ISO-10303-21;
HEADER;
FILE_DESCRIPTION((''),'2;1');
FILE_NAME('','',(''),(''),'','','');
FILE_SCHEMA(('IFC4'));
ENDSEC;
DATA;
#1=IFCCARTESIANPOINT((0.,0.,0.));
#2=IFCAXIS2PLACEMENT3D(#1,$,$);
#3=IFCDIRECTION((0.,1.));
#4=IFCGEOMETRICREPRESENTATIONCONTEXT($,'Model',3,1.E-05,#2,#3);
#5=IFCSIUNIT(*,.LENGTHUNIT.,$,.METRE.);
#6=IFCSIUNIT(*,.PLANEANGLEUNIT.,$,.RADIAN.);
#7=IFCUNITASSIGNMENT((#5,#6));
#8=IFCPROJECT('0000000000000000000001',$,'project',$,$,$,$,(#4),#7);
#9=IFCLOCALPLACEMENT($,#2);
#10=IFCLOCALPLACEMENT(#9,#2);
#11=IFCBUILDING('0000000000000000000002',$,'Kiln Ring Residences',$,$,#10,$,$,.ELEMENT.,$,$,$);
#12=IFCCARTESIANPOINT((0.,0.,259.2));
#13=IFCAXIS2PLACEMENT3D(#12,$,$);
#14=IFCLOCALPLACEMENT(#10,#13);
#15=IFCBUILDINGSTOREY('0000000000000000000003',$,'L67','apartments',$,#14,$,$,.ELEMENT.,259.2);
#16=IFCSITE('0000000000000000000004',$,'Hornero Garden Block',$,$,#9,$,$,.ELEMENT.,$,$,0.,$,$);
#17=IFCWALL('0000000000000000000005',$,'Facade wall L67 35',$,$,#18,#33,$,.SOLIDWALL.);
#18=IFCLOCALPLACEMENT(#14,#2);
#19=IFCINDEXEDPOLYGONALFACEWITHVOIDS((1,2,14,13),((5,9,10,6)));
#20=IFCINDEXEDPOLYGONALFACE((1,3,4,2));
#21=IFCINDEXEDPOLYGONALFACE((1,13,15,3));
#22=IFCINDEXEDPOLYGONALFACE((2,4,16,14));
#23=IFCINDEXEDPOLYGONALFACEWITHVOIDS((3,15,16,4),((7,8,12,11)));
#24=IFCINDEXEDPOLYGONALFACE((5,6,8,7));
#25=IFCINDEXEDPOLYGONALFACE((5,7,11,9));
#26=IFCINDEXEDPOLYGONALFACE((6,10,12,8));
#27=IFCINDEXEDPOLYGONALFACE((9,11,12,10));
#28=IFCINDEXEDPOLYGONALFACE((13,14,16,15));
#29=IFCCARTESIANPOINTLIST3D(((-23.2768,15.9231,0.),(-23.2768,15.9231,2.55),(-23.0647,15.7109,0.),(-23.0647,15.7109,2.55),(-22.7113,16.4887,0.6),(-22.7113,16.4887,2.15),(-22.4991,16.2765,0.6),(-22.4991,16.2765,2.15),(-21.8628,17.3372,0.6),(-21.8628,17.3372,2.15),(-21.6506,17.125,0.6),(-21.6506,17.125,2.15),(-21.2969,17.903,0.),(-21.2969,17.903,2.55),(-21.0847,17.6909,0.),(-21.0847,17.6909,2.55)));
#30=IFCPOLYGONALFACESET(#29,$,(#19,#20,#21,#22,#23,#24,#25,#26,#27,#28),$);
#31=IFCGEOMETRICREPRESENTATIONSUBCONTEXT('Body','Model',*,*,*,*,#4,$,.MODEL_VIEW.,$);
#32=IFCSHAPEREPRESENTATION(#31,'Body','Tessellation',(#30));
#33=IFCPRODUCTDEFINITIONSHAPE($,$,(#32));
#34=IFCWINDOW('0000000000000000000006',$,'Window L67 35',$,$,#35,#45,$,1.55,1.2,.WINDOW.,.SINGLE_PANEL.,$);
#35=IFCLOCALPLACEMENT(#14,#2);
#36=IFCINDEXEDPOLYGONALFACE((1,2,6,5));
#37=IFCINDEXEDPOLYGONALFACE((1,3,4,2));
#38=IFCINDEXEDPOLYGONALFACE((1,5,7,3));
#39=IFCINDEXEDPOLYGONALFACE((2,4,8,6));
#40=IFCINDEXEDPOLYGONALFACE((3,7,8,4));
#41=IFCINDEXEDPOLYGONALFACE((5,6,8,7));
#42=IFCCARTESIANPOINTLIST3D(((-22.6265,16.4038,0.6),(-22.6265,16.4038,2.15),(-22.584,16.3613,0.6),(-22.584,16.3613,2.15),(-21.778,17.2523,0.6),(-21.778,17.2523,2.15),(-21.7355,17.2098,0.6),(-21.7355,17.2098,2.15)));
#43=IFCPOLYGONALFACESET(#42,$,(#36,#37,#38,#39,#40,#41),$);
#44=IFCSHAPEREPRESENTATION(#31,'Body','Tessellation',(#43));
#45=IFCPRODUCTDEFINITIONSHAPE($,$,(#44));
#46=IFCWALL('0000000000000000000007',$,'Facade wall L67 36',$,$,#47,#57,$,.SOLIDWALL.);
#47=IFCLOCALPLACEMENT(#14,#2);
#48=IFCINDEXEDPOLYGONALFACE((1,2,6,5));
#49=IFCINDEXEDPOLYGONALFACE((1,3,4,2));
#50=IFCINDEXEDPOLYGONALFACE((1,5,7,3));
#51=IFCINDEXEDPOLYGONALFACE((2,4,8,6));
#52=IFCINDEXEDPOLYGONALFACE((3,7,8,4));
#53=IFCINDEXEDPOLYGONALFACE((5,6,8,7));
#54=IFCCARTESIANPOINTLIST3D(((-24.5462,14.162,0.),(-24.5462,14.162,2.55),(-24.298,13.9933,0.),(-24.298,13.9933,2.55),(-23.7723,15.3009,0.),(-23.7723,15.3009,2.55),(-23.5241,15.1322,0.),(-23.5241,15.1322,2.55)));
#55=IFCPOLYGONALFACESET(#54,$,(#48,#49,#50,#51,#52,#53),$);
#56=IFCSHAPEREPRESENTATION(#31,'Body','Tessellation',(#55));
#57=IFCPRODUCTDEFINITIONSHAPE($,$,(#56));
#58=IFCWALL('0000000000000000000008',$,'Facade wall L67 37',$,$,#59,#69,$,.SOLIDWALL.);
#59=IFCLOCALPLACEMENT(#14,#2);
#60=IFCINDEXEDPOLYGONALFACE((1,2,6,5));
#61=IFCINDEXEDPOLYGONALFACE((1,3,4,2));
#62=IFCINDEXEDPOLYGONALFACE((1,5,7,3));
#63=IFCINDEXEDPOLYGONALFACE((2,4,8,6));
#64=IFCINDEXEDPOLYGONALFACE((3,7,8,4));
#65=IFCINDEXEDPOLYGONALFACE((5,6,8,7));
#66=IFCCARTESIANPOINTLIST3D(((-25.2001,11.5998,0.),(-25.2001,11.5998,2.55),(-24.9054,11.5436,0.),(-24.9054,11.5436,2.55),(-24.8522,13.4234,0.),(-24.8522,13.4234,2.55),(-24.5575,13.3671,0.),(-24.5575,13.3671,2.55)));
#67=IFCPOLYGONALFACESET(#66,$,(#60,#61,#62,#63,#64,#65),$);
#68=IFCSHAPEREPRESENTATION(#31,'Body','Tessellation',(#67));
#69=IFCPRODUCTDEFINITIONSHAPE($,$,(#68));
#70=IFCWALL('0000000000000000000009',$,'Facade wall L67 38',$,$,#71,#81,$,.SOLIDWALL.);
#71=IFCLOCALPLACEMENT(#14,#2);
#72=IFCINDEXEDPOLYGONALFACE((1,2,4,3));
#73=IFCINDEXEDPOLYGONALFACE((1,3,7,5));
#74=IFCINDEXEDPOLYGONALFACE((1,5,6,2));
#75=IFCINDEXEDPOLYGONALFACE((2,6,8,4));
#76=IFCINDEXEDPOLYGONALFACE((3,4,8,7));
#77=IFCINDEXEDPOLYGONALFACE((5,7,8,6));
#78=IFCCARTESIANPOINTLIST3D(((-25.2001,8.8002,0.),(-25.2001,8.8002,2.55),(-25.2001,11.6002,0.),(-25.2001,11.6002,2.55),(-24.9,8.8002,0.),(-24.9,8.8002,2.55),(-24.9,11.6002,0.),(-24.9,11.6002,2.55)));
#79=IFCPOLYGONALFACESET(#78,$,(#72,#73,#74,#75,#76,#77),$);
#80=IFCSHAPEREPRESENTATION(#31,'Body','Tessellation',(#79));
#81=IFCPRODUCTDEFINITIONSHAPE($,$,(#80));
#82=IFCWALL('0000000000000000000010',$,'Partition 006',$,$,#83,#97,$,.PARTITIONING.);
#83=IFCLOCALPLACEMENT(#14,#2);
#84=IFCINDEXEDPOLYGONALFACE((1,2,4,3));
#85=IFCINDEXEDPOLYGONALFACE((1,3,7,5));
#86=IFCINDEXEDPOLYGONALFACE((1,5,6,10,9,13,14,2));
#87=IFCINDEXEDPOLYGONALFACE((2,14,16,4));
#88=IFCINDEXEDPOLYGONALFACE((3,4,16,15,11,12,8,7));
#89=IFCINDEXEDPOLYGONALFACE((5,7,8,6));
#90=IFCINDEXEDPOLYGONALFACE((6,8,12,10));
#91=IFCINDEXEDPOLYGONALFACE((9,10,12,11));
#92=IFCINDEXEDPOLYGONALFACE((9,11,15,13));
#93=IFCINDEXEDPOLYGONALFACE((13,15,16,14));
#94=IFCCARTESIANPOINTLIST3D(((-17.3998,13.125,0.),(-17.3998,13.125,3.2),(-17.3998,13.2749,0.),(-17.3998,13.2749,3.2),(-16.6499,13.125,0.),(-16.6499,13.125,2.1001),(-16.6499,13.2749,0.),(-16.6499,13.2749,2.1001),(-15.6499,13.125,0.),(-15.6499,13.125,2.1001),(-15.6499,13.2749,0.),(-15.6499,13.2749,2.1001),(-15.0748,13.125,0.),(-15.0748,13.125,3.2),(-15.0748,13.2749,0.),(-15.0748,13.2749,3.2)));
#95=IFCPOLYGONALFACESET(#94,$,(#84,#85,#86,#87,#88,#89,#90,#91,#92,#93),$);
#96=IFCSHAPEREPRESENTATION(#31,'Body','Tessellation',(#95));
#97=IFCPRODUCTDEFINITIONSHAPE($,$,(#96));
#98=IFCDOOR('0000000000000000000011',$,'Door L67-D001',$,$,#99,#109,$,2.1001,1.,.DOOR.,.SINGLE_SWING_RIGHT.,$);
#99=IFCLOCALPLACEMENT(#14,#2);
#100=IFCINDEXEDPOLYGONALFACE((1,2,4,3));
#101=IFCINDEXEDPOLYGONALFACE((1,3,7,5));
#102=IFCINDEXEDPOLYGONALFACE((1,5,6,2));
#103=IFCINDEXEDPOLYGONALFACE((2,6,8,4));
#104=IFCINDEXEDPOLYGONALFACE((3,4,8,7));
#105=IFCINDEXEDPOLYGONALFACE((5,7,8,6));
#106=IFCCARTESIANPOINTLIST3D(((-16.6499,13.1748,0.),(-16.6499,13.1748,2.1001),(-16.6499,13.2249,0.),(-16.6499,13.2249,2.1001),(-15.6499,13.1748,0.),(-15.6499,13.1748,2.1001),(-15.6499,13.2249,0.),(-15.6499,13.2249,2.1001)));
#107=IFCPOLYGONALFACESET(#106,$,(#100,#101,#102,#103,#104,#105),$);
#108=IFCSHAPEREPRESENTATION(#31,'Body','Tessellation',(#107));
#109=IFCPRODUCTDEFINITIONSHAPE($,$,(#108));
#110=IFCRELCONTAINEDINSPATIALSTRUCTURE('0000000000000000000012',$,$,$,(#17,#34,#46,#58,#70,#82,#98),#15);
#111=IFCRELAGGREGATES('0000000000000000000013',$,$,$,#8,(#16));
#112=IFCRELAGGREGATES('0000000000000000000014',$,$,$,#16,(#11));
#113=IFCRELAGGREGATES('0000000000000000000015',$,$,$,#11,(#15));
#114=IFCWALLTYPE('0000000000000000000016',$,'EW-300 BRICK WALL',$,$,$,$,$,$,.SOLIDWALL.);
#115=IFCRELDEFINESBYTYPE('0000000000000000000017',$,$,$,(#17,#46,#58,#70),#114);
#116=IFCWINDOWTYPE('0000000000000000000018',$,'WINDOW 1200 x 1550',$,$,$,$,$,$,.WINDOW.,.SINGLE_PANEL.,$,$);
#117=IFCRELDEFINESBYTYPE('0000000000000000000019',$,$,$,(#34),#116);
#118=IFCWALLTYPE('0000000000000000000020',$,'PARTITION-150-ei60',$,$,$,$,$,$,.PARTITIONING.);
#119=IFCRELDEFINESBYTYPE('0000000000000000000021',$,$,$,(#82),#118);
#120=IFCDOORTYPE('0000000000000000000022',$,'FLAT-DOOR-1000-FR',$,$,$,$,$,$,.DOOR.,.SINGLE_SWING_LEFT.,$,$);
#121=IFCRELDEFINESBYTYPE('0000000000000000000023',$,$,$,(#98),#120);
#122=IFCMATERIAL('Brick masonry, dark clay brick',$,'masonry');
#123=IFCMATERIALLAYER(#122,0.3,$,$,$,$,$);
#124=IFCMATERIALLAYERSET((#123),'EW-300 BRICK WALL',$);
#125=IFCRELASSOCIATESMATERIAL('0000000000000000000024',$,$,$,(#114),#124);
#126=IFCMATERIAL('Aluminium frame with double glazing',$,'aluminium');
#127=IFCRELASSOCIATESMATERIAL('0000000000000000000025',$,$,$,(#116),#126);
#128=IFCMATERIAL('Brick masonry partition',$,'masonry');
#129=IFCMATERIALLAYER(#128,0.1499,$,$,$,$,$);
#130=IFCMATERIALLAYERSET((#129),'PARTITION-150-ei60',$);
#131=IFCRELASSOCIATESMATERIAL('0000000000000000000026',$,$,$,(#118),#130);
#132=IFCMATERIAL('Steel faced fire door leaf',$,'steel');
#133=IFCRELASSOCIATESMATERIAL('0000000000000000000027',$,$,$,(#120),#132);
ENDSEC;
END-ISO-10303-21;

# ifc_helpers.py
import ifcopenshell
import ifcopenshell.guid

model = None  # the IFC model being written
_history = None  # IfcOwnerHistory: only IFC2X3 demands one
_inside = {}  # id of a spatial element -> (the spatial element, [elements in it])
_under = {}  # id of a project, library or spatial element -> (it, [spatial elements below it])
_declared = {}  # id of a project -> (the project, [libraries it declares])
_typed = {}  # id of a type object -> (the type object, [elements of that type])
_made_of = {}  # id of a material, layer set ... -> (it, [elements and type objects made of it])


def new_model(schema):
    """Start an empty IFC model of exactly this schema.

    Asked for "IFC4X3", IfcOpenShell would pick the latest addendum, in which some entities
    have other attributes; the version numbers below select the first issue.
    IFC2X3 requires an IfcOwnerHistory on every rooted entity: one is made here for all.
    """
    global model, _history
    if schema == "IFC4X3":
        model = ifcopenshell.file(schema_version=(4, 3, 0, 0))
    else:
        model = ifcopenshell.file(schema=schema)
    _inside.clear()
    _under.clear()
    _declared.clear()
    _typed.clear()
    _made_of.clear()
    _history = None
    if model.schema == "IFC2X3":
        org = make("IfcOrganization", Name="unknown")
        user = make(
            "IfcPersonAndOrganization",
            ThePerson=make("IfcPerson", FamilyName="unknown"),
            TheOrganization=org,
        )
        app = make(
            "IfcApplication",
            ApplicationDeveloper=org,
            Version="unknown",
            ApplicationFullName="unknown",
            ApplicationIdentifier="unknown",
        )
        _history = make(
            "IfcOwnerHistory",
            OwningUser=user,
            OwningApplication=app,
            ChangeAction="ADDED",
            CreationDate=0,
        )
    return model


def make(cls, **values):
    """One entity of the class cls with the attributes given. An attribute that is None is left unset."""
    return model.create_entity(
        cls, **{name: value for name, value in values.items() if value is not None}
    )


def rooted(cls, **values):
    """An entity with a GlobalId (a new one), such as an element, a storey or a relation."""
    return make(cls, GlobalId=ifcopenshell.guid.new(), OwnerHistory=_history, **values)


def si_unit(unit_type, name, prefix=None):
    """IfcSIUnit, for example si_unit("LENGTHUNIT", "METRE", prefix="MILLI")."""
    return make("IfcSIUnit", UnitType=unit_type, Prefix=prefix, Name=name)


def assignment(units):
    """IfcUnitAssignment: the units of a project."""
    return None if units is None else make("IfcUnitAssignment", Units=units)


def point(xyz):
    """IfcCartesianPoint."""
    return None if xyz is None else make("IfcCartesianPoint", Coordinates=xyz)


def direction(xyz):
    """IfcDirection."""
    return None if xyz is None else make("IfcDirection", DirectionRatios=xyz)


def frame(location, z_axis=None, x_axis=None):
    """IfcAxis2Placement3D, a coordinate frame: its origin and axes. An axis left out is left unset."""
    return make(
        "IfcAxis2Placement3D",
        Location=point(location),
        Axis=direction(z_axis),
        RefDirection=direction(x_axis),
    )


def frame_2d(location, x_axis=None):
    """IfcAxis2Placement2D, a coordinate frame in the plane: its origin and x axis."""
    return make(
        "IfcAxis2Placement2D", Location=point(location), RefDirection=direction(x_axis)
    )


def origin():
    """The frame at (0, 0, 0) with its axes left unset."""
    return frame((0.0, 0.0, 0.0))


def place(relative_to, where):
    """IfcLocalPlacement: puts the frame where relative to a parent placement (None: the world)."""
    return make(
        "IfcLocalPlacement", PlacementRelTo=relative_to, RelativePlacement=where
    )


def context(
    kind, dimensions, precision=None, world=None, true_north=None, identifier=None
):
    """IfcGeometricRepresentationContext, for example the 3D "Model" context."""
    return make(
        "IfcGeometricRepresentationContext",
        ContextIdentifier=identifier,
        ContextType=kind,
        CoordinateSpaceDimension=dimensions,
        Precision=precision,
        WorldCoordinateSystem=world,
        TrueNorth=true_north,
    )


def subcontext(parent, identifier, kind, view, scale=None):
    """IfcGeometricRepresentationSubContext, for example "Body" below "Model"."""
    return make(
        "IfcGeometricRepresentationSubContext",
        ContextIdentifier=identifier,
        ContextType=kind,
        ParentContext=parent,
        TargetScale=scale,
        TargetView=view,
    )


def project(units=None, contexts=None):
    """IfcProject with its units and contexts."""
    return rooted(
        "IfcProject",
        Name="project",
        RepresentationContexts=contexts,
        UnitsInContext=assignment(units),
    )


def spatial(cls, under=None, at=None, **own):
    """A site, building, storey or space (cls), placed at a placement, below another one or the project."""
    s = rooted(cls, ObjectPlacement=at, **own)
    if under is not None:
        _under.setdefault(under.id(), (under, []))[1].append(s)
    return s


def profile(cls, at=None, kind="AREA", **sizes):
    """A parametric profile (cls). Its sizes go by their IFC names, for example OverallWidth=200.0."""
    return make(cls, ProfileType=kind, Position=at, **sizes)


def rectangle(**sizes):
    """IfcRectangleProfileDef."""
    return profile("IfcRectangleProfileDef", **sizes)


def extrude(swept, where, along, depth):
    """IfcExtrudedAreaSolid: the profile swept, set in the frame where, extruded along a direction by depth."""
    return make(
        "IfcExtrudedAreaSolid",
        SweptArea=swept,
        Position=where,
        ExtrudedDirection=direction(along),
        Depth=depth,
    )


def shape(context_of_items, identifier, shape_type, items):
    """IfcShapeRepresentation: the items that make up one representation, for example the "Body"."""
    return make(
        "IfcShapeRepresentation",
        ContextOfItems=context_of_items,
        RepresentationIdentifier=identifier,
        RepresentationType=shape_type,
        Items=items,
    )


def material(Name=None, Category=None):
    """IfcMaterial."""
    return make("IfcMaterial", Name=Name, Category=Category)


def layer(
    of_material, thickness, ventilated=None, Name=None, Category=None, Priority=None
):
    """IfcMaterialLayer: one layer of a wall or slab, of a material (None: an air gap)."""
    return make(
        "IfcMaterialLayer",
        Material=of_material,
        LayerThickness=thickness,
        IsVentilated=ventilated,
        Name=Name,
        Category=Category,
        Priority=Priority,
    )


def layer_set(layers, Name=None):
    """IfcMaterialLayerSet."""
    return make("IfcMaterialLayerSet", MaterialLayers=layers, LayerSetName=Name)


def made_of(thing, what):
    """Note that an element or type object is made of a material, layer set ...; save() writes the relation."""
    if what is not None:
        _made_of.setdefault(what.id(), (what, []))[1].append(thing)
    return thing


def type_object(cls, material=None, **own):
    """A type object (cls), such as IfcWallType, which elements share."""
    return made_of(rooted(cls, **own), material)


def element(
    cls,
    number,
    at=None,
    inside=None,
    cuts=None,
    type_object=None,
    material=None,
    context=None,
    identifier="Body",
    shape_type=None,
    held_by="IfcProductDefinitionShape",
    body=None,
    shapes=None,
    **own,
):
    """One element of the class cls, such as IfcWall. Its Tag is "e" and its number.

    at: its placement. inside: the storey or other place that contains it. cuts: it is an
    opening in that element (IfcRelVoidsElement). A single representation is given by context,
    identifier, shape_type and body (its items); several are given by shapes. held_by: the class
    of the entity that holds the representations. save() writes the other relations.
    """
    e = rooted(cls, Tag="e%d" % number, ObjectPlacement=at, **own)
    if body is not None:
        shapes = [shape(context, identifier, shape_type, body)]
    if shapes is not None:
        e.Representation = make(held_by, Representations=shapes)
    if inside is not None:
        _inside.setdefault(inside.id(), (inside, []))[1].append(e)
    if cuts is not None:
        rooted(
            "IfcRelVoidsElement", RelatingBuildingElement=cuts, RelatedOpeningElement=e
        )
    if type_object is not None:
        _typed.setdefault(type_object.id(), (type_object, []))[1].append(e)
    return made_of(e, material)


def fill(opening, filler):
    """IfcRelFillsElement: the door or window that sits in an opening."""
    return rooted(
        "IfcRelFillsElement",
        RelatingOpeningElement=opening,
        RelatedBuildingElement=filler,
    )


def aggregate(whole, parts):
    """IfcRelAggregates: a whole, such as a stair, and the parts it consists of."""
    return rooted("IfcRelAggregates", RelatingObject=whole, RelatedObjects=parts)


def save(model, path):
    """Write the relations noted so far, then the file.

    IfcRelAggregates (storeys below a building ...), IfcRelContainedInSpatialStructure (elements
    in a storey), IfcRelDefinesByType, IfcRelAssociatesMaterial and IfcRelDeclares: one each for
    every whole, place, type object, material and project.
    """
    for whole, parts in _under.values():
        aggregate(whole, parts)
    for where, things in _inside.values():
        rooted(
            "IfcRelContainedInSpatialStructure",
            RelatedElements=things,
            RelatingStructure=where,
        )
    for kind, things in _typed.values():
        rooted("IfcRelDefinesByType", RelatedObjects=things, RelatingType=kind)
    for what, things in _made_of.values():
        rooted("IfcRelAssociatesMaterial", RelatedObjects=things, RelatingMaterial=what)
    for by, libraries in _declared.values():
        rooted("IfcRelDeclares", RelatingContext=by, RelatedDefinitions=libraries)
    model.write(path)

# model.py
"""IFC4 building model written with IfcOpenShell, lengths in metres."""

from ifc_helpers import new_model, si_unit, direction, frame, frame_2d, origin, place, context, subcontext, project, spatial, rectangle, extrude, material, layer, layer_set, type_object, element, fill, save


model = new_model("IFC4")

# Units and contexts
model_context = context("Model", 3, precision=1e-05, world=origin(), true_north=direction((0.0, 1.0)))
body_context = subcontext(model_context, "Body", "Model", "MODEL_VIEW")
ifc_project = project(units=[si_unit("LENGTHUNIT", "METRE"), si_unit("PLANEANGLEUNIT", "RADIAN")], contexts=[model_context])

# Site, building, storey
site_placement = place(None, origin())
site = spatial("IfcSite", under=ifc_project, at=site_placement, Name="Hornero Garden Block", CompositionType="ELEMENT", RefElevation=0.0)
building_placement = place(site_placement, origin())
building = spatial("IfcBuilding", under=site, at=building_placement, Name="Kiln Ring Residences", CompositionType="ELEMENT")
storey_placement = place(building_placement, frame((0.0, 0.0, 259.2)))
storey = spatial("IfcBuildingStorey", under=building, at=storey_placement, Name="L67", Description="apartments", CompositionType="ELEMENT", Elevation=259.2)

# Wall, opening, window
ifc_material_1 = material(Name="Brick masonry, dark clay brick", Category="masonry")
ifc_layer_1 = layer(ifc_material_1, 0.3)
ifc_layer_set_1 = layer_set([ifc_layer_1], Name="EW-300 BRICK WALL")
wall_type_1 = type_object("IfcWallType", Name="EW-300 BRICK WALL", PredefinedType="SOLIDWALL", material=ifc_layer_set_1)
wall_1_placement = place(storey_placement, frame((-21.1909, 17.7969, 0.0), z_axis=(0.0, 0.0, 1.0), x_axis=(-0.707107, -0.707107, 0.0)))
wall_1 = element("IfcWall", 1, at=wall_1_placement, inside=storey, type_object=wall_type_1, Name="Facade wall L67 35", PredefinedType="SOLIDWALL", context=body_context, shape_type="SweptSolid", body=[
    extrude(rectangle(XDim=2.8, YDim=0.3, at=frame_2d((1.3999, 0.0))), origin(), (0.0, 0.0, 1.0), 2.55),
])
opening_1_placement = place(wall_1_placement, frame((0.8, 0.0, 0.6001)))
opening_1 = element("IfcOpeningElement", 2, at=opening_1_placement, cuts=wall_1, PredefinedType="OPENING", context=body_context, shape_type="SweptSolid", body=[
    extrude(rectangle(XDim=1.2, YDim=1.55, at=frame_2d((0.6001, 0.7749))), frame((0.0, 0.1599, 0.0), z_axis=(0.0, -1.0, 0.0), x_axis=(1.0, 0.0, 0.0)), (0.0, 0.0, 1.0), 0.3201),
])
ifc_material_2 = material(Name="Aluminium frame with double glazing", Category="aluminium")
window_type_1 = type_object("IfcWindowType", Name="WINDOW 1200 x 1550", PartitioningType="SINGLE_PANEL", PredefinedType="WINDOW", material=ifc_material_2)
window_1_placement = place(opening_1_placement, origin())
window_1 = element("IfcWindow", 3, at=window_1_placement, inside=storey, type_object=window_type_1, Name="Window L67 35", OverallHeight=1.55, OverallWidth=1.2, PartitioningType="SINGLE_PANEL", PredefinedType="WINDOW", context=body_context, shape_type="SweptSolid", body=[
    extrude(rectangle(XDim=1.2, YDim=1.55, at=frame_2d((0.6001, 0.7749))), frame((0.0, 0.03, 0.0), z_axis=(0.0, -1.0, 0.0), x_axis=(1.0, 0.0, 0.0)), (0.0, 0.0, 1.0), 0.0601),
])
fill(opening_1, window_1)

# Walls
wall_2_placement = place(storey_placement, frame((-23.6482, 15.2166, 0.0), z_axis=(0.0, 0.0, 1.0), x_axis=(-0.562043, -0.827108, 0.0)))
element("IfcWall", 4, at=wall_2_placement, inside=storey, type_object=wall_type_1, Name="Facade wall L67 36", PredefinedType="SOLIDWALL", context=body_context, shape_type="SweptSolid", body=[
    extrude(rectangle(XDim=1.377, YDim=0.3, at=frame_2d((0.6885, 0.0))), origin(), (0.0, 0.0, 1.0), 2.55),
])
wall_3_placement = place(storey_placement, frame((-24.7048, 13.3953, 0.0), z_axis=(0.0, 0.0, 1.0), x_axis=(-0.187408, -0.982282, 0.0)))
element("IfcWall", 5, at=wall_3_placement, inside=storey, type_object=wall_type_1, Name="Facade wall L67 37", PredefinedType="SOLIDWALL", context=body_context, shape_type="SweptSolid", body=[
    extrude(rectangle(XDim=1.8564, YDim=0.3, at=frame_2d((0.9282, 0.0))), origin(), (0.0, 0.0, 1.0), 2.55),
])
wall_4_placement = place(storey_placement, frame((-25.05, 11.6001, 0.0), z_axis=(0.0, 0.0, 1.0), x_axis=(0.0, -1.0, 0.0)))
element("IfcWall", 6, at=wall_4_placement, inside=storey, type_object=wall_type_1, Name="Facade wall L67 38", PredefinedType="SOLIDWALL", context=body_context, shape_type="SweptSolid", body=[
    extrude(rectangle(XDim=2.8, YDim=0.3, at=frame_2d((1.3999, 0.0))), origin(), (0.0, 0.0, 1.0), 2.55),
])

# Wall, opening, door
ifc_material_3 = material(Name="Brick masonry partition", Category="masonry")
ifc_layer_2 = layer(ifc_material_3, 0.1499)
ifc_layer_set_2 = layer_set([ifc_layer_2], Name="PARTITION-150-ei60")
wall_type_2 = type_object("IfcWallType", Name="PARTITION-150-ei60", PredefinedType="PARTITIONING", material=ifc_layer_set_2)
wall_5_placement = place(storey_placement, frame((-17.3999, 13.2, 0.0), z_axis=(0.0, 0.0, 1.0), x_axis=(1.0, 0.0, 0.0)))
wall_5 = element("IfcWall", 7, at=wall_5_placement, inside=storey, type_object=wall_type_2, Name="Partition 006", PredefinedType="PARTITIONING", context=body_context, shape_type="SweptSolid", body=[
    extrude(rectangle(XDim=2.325, YDim=0.1499, at=frame_2d((1.1626, 0.0))), origin(), (0.0, 0.0, 1.0), 3.2),
])
opening_2_placement = place(wall_5_placement, frame((0.75, 0.0, 0.0)))
opening_2 = element("IfcOpeningElement", 8, at=opening_2_placement, cuts=wall_5, PredefinedType="OPENING", context=body_context, shape_type="SweptSolid", body=[
    extrude(rectangle(XDim=1.0, YDim=2.1001, at=frame_2d((0.5, 1.05))), frame((0.0, 0.085, 0.0), z_axis=(0.0, -1.0, 0.0), x_axis=(1.0, 0.0, 0.0)), (0.0, 0.0, 1.0), 0.1699),
])
ifc_material_4 = material(Name="Steel faced fire door leaf", Category="steel")
door_type_1 = type_object("IfcDoorType", Name="FLAT-DOOR-1000-FR", OperationType="SINGLE_SWING_LEFT", PredefinedType="DOOR", material=ifc_material_4)
door_1_placement = place(opening_2_placement, origin())
door_1 = element("IfcDoor", 9, at=door_1_placement, inside=storey, type_object=door_type_1, Name="Door L67-D001", OperationType="SINGLE_SWING_RIGHT", OverallHeight=2.1001, OverallWidth=1.0, PredefinedType="DOOR", context=body_context, shape_type="SweptSolid", body=[
    extrude(rectangle(XDim=1.0, YDim=2.1001, at=frame_2d((0.5, 1.05))), frame((0.0, 0.0249, 0.0), z_axis=(0.0, -1.0, 0.0), x_axis=(1.0, 0.0, 0.0)), (0.0, 0.0, 1.0), 0.05),
])
fill(opening_2, door_1)

save(model, "model.ifc")
